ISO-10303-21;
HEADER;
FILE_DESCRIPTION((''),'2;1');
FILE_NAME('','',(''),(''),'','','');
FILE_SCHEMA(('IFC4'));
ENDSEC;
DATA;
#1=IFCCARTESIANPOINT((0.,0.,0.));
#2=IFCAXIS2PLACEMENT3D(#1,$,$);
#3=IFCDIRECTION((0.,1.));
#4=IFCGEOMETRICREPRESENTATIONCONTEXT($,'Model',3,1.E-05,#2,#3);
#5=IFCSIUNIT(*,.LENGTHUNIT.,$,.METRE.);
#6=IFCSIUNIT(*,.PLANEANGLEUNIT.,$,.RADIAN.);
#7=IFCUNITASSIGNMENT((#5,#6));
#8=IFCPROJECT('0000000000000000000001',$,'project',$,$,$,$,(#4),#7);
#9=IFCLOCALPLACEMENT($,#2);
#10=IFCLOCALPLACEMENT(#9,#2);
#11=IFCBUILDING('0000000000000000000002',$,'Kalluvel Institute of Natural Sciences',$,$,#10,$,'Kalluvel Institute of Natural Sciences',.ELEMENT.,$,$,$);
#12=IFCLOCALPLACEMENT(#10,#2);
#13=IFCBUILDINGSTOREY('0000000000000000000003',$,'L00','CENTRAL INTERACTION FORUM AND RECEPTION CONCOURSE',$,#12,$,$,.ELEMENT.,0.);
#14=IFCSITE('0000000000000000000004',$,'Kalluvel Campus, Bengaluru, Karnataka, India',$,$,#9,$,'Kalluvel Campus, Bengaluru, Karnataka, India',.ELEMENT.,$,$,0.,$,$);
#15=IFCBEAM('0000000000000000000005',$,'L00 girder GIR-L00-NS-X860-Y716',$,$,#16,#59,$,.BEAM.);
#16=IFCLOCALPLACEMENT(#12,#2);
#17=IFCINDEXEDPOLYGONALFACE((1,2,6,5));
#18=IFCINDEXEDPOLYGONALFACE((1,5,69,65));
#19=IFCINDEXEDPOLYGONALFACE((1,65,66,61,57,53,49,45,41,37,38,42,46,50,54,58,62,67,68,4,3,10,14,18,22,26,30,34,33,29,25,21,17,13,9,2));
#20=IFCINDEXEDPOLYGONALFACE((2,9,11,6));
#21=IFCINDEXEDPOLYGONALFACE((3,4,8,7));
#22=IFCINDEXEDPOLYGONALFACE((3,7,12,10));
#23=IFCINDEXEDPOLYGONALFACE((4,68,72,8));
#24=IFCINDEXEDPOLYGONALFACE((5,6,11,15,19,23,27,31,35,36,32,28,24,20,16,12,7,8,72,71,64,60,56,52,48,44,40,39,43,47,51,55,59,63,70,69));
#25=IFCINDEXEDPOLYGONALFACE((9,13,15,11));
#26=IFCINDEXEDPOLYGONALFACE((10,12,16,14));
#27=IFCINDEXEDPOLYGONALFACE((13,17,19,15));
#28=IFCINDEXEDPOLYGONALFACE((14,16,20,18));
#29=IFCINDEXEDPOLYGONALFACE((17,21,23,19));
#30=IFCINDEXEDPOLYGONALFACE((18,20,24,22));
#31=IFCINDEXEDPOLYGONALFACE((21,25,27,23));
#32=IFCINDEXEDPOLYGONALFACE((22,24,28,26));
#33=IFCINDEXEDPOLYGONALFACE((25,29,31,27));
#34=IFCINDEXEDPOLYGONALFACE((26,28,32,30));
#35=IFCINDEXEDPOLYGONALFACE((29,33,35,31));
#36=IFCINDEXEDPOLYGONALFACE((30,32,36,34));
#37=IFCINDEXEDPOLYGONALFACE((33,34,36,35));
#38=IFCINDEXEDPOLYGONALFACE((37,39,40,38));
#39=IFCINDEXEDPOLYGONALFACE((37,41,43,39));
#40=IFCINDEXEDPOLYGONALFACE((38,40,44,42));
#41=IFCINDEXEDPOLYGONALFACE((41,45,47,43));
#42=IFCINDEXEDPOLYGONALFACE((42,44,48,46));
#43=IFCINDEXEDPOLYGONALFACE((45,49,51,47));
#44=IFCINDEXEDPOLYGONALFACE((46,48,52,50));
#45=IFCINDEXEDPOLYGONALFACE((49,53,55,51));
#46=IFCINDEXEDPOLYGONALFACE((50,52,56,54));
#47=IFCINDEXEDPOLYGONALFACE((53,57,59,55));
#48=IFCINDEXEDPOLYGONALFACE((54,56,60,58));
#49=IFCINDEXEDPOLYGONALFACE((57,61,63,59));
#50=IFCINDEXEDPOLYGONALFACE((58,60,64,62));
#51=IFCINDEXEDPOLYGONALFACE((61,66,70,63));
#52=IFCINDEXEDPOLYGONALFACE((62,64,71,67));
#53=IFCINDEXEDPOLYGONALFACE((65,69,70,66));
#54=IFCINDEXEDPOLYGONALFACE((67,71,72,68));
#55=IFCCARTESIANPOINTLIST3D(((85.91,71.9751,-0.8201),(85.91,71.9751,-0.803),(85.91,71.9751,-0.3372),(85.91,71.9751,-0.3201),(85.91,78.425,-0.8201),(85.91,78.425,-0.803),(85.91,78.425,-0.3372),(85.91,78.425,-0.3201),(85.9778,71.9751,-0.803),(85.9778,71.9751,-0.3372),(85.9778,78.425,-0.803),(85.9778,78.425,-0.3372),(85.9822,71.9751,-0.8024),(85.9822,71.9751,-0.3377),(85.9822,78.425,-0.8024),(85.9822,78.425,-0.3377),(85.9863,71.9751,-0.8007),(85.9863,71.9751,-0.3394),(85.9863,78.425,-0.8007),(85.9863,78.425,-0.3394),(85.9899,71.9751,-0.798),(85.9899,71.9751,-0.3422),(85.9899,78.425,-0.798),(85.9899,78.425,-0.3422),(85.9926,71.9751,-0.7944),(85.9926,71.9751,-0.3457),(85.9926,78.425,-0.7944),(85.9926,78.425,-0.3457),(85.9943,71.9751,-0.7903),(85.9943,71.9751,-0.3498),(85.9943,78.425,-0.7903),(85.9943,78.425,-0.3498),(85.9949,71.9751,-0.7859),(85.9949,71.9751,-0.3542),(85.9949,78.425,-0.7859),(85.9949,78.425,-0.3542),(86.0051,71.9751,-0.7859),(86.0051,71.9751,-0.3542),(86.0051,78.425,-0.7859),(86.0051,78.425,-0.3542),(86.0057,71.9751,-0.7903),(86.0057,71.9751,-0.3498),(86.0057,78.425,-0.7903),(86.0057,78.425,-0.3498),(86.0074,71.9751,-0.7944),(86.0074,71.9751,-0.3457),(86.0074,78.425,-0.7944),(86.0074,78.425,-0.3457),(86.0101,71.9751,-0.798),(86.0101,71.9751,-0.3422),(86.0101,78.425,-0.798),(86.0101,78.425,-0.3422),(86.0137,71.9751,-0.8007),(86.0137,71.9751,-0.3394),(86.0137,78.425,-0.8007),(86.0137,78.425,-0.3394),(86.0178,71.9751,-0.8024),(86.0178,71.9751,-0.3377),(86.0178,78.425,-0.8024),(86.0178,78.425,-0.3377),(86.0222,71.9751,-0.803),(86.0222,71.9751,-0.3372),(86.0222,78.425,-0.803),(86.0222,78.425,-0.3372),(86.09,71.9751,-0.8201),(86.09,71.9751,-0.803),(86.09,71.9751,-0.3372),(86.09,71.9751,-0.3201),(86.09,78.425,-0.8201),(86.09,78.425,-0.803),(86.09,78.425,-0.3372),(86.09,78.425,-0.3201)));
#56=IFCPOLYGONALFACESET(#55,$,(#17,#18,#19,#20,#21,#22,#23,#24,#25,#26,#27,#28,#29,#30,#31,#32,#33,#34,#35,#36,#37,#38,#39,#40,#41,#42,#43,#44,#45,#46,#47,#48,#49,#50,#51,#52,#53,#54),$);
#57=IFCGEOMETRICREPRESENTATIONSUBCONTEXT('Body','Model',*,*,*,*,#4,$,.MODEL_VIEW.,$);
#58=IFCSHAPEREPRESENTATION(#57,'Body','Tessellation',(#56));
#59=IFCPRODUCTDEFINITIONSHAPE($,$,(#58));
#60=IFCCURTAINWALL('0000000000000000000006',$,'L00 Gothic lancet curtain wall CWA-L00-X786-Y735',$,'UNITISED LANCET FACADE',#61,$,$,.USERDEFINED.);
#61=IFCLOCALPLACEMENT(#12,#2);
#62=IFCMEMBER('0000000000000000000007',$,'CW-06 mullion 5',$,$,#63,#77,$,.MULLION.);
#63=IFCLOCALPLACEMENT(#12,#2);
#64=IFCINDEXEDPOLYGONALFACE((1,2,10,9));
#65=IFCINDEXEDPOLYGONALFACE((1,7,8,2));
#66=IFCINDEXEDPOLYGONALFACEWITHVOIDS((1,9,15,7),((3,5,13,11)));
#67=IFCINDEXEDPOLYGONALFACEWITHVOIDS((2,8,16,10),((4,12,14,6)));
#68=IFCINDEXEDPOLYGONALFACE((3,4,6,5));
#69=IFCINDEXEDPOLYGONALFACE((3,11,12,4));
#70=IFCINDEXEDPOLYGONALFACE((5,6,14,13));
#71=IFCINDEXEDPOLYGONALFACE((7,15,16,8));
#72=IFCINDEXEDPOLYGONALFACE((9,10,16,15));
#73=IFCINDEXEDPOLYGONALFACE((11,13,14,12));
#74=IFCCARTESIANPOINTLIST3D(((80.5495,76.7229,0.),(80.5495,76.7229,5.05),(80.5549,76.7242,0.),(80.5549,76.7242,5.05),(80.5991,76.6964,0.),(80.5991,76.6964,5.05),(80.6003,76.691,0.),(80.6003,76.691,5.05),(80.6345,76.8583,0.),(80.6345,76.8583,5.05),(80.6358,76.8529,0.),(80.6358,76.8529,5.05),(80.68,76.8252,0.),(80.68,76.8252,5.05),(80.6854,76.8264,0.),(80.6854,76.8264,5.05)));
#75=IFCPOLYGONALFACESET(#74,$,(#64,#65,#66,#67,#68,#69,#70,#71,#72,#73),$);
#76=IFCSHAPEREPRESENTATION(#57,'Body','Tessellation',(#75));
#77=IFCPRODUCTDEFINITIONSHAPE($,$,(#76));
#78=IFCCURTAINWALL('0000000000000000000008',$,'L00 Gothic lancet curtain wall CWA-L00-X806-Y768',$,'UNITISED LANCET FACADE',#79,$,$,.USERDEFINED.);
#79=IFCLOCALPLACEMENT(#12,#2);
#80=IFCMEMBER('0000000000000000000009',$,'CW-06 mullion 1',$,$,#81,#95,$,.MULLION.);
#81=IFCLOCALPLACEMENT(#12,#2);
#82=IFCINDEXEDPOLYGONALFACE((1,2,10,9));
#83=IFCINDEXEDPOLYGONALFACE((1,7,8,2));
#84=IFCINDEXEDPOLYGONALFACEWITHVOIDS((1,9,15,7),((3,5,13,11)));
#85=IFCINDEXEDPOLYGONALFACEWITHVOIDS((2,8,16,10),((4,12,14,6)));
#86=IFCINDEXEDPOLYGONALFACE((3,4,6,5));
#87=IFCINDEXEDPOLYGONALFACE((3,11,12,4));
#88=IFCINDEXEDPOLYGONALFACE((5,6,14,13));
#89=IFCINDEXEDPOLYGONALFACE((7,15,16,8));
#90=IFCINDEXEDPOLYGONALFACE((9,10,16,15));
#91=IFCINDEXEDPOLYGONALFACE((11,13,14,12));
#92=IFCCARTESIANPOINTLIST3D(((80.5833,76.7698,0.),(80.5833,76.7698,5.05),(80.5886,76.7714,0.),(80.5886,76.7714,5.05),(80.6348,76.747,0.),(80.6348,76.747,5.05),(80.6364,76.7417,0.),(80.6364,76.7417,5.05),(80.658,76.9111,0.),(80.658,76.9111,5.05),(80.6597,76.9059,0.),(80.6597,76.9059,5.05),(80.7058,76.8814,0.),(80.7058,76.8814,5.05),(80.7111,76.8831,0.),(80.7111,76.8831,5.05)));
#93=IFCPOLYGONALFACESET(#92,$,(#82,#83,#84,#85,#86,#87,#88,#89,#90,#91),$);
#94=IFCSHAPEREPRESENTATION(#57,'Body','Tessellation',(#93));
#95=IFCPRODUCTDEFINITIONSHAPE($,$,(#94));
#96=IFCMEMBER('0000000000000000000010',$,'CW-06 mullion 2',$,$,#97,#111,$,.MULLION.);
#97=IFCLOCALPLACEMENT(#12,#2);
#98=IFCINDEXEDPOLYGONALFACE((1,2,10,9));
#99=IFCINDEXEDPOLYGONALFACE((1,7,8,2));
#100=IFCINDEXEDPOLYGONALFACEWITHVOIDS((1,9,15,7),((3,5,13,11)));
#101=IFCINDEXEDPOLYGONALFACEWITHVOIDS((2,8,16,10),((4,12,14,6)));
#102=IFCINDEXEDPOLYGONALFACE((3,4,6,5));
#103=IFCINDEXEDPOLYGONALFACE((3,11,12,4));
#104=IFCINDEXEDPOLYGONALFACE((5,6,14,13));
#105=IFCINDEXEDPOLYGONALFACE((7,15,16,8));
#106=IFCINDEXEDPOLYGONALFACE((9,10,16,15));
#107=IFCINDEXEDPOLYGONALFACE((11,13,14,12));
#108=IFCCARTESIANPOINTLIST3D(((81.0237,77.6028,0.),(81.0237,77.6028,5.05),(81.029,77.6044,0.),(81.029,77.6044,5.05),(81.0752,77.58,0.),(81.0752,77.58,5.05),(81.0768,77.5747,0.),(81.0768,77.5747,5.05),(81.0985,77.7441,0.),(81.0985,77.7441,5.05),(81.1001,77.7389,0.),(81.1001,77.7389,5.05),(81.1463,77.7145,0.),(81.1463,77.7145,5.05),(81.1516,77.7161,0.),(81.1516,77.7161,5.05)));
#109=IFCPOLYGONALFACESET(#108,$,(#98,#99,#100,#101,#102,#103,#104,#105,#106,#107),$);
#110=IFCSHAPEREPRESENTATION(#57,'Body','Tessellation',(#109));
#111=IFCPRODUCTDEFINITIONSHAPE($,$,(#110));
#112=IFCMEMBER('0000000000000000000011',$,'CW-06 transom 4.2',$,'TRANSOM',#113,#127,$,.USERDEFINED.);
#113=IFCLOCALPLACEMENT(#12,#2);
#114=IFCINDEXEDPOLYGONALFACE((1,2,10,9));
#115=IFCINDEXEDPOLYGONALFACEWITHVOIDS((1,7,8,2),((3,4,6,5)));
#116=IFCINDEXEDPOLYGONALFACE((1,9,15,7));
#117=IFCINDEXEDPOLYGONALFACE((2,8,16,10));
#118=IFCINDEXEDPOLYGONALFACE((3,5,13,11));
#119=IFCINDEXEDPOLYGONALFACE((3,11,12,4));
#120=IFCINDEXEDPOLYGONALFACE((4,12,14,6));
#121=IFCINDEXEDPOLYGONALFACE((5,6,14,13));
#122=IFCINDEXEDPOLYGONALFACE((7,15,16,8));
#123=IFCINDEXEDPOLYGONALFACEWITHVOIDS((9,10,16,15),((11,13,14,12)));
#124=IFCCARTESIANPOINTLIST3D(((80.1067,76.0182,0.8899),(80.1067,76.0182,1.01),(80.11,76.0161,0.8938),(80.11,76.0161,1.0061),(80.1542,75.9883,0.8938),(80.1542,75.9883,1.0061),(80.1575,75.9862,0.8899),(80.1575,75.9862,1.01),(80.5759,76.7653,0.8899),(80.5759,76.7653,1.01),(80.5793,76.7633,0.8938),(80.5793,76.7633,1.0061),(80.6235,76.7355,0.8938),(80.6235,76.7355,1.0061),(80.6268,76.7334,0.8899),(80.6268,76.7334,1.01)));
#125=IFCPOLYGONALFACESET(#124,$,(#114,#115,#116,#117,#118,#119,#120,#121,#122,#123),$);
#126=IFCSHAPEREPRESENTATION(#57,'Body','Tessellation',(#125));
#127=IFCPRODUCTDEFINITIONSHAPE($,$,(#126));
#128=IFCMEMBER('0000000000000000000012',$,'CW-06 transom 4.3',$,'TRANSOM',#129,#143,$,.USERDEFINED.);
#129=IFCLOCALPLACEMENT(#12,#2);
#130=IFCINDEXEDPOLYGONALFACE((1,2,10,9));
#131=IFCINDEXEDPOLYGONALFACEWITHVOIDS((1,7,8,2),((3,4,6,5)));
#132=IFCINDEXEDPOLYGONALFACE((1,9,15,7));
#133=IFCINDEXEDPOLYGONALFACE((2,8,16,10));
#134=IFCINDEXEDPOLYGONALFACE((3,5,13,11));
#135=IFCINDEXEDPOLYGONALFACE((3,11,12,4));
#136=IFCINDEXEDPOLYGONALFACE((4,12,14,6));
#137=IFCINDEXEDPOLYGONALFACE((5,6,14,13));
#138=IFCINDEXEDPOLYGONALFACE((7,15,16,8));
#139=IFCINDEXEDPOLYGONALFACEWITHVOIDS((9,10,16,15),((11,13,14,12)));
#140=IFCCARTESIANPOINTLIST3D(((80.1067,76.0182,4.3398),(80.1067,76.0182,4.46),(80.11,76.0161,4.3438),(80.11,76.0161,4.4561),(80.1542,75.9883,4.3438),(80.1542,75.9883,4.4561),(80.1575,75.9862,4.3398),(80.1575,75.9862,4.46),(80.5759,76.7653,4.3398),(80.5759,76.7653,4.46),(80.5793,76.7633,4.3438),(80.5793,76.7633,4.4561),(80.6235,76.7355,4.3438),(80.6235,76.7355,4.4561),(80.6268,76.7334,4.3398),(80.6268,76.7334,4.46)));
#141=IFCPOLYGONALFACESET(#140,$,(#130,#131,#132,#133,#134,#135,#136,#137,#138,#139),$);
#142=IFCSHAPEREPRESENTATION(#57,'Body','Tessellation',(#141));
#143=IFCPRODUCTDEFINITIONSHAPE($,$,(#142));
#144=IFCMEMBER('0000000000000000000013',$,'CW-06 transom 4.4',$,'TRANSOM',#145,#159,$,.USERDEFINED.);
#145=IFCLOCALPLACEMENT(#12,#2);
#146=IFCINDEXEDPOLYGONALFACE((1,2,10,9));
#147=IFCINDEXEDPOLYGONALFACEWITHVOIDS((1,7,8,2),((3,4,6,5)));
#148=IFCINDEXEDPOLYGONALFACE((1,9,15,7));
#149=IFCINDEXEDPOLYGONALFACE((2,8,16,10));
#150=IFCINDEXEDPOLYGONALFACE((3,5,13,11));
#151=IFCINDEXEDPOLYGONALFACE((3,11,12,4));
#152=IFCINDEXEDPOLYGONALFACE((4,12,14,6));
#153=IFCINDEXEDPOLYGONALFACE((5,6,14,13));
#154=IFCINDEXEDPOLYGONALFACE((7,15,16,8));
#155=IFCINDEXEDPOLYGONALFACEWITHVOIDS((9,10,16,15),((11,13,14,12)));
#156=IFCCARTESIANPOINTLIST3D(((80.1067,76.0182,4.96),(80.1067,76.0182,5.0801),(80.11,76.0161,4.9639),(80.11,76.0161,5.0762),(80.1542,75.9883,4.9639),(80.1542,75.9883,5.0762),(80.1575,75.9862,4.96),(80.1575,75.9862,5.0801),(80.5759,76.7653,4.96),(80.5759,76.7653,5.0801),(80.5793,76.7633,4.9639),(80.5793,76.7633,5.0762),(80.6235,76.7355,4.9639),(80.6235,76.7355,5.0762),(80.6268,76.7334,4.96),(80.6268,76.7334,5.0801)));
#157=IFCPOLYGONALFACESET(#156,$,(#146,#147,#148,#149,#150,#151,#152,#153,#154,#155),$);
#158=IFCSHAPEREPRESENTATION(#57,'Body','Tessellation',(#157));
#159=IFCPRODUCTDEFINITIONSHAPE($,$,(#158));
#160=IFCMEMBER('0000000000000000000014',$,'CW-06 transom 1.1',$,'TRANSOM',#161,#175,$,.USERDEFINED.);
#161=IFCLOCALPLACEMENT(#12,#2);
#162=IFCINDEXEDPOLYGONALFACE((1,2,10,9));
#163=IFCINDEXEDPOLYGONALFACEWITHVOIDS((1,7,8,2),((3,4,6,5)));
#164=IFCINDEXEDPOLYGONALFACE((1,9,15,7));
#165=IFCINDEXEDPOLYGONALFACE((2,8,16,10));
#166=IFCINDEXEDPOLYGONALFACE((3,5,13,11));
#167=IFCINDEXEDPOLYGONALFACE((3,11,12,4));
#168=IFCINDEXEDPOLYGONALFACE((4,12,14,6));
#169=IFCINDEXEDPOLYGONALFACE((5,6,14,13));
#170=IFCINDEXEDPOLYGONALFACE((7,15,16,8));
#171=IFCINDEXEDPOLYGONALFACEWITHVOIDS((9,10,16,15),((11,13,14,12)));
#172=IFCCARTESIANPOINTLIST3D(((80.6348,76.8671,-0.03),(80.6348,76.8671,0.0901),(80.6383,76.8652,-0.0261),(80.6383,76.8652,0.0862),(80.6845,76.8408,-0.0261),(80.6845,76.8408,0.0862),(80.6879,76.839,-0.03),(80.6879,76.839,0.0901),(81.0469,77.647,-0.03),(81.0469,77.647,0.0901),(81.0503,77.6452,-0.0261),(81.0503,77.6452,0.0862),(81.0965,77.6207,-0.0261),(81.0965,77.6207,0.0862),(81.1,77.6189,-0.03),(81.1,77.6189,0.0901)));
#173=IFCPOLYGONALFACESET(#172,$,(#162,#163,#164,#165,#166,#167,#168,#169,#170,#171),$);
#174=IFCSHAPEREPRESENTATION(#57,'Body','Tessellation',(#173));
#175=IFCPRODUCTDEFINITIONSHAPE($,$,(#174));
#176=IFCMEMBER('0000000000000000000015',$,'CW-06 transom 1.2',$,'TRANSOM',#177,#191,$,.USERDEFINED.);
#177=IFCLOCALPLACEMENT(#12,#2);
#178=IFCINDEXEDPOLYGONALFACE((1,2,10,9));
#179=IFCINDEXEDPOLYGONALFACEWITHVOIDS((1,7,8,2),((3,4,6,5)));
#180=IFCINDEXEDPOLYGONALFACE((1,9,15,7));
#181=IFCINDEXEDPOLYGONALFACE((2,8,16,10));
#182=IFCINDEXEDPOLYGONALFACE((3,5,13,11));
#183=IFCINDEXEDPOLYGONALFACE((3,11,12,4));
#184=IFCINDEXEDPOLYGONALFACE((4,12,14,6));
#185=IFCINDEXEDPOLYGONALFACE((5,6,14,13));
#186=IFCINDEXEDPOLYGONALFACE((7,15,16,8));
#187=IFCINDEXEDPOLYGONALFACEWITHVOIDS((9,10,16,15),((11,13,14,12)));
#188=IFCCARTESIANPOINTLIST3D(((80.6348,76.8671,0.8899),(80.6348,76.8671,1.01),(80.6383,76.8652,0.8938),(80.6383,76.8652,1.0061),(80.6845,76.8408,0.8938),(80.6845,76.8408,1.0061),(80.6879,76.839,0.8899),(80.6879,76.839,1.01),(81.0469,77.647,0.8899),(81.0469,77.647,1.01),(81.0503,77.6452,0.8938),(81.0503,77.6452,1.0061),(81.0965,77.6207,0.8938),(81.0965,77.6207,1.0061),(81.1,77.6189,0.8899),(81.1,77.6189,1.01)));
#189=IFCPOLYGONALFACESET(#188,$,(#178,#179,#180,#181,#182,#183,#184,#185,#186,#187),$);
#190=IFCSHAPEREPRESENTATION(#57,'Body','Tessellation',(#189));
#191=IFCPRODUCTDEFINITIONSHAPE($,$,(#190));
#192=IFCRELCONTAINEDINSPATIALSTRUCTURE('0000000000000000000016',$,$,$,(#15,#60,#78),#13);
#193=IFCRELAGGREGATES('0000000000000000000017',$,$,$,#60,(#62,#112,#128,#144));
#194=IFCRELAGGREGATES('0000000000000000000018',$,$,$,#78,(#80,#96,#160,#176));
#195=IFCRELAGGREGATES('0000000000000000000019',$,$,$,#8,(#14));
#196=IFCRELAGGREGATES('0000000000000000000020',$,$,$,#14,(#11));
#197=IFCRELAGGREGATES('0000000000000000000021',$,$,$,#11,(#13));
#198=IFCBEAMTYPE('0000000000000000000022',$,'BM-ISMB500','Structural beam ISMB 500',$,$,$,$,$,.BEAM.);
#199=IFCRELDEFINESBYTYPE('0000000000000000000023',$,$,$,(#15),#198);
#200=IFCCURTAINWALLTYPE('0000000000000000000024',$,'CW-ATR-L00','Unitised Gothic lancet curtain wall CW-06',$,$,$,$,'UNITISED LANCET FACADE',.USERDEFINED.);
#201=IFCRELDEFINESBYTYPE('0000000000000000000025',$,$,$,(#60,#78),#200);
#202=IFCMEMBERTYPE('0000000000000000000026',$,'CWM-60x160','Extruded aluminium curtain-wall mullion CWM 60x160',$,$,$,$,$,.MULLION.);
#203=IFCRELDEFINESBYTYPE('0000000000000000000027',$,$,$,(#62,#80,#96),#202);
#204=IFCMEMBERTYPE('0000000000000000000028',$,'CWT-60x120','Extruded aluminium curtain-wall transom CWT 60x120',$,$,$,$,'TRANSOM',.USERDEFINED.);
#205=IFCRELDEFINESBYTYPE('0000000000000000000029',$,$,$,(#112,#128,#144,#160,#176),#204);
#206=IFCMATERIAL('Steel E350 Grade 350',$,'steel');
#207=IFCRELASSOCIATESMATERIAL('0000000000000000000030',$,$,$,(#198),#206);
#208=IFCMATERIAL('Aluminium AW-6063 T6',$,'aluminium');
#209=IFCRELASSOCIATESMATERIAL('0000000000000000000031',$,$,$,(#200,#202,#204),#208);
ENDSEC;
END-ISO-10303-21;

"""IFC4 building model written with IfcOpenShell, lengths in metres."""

from ifc_helpers import new_model, si_unit, direction, frame, origin, origin_2d, place, context, subcontext, project, spatial, hollow_rectangle, i_section, extrude, material, material_profile, profile_set, type_object, element, aggregate, save


model = new_model("IFC4")

# Units and contexts
model_context = context("Model", 3, precision=1e-05, world=origin(), true_north=direction((0.0, 1.0)))
body_context = subcontext(model_context, "Body", "Model", "MODEL_VIEW")
ifc_project = project(units=[si_unit("LENGTHUNIT", "METRE"), si_unit("PLANEANGLEUNIT", "RADIAN")], contexts=[model_context])

# Site, building, storey
site_placement = place(None, origin())
site = spatial("IfcSite", under=ifc_project, at=site_placement, Name="Kalluvel Campus, Bengaluru, Karnataka, India", LongName="Kalluvel Campus, Bengaluru, Karnataka, India", CompositionType="ELEMENT", RefElevation=0.0)
building_placement = place(site_placement, origin())
building = spatial("IfcBuilding", under=site, at=building_placement, Name="Kalluvel Institute of Natural Sciences", LongName="Kalluvel Institute of Natural Sciences", CompositionType="ELEMENT")
storey_placement = place(building_placement, origin())
storey = spatial("IfcBuildingStorey", under=building, at=storey_placement, Name="L00", Description="CENTRAL INTERACTION FORUM AND RECEPTION CONCOURSE", CompositionType="ELEMENT", Elevation=0.0)

# Beam
ifc_material_1 = material(Name="Steel E350 Grade 350", Category="steel")
ifc_material_profile_1 = material_profile(ifc_material_1, i_section(OverallWidth=0.1799, OverallDepth=0.5, WebThickness=0.0103, FlangeThickness=0.0171, FilletRadius=0.0171, at=origin_2d()), Name="ISMB 500")
ifc_profile_set_1 = profile_set([ifc_material_profile_1], Name="Steel E350 Grade 350")
beam_type = type_object("IfcBeamType", Name="BM-ISMB500", Description="Structural beam ISMB 500", PredefinedType="BEAM", material=ifc_profile_set_1)
beam_placement = place(storey_placement, frame((86.0, 71.9751, -0.5701), z_axis=(0.0, 1.0, 0.0), x_axis=(-1.0, 0.0, 0.0)))
element("IfcBeam", 1, at=beam_placement, inside=storey, type_object=beam_type, Name="L00 girder GIR-L00-NS-X860-Y716", PredefinedType="BEAM", context=body_context, shape_type="SweptSolid", body=[
    extrude(i_section(OverallWidth=0.1799, OverallDepth=0.5, WebThickness=0.0103, FlangeThickness=0.0171, FilletRadius=0.0171, at=origin_2d()), origin(), (0.0, 0.0, 1.0), 6.45),
])

# Curtain wall, member
ifc_material_2 = material(Name="Aluminium AW-6063 T6", Category="aluminium")
curtain_wall_type = type_object("IfcCurtainWallType", Name="CW-ATR-L00", Description="Unitised Gothic lancet curtain wall CW-06", ElementType="UNITISED LANCET FACADE", PredefinedType="USERDEFINED", material=ifc_material_2)
curtain_wall_1_placement = place(storey_placement, origin())
curtain_wall_1 = element("IfcCurtainWall", 2, at=curtain_wall_1_placement, inside=storey, type_object=curtain_wall_type, Name="L00 Gothic lancet curtain wall CWA-L00-X786-Y735", ObjectType="UNITISED LANCET FACADE", PredefinedType="USERDEFINED")
ifc_material_profile_2 = material_profile(ifc_material_2, hollow_rectangle(XDim=0.0601, YDim=0.1599, WallThickness=0.0039, at=origin_2d()), Name="CWM 60x160")
ifc_profile_set_2 = profile_set([ifc_material_profile_2], Name="Aluminium AW-6063 T6")
member_type_1 = type_object("IfcMemberType", Name="CWM-60x160", Description="Extruded aluminium curtain-wall mullion CWM 60x160", PredefinedType="MULLION", material=ifc_profile_set_2)
member_1_placement = place(storey_placement, frame((80.6174, 76.7747, 0.0), z_axis=(0.0, 0.0, 1.0), x_axis=(-0.846722, 0.532036, 0.0)))
member_1 = element("IfcMember", 3, at=member_1_placement, type_object=member_type_1, Name="CW-06 mullion 5", PredefinedType="MULLION", context=body_context, shape_type="SweptSolid", body=[
    extrude(hollow_rectangle(XDim=0.0601, YDim=0.1599, WallThickness=0.0039, at=origin_2d()), origin(), (0.0, 0.0, 1.0), 5.05),
])

# Curtain wall, members
curtain_wall_2_placement = place(storey_placement, origin())
curtain_wall_2 = element("IfcCurtainWall", 4, at=curtain_wall_2_placement, inside=storey, type_object=curtain_wall_type, Name="L00 Gothic lancet curtain wall CWA-L00-X806-Y768", ObjectType="UNITISED LANCET FACADE", PredefinedType="USERDEFINED")
member_2_placement = place(storey_placement, frame((80.6472, 76.8264, 0.0), z_axis=(0.0, 0.0, 1.0), x_axis=(-0.884109, 0.467281, 0.0)))
member_2 = element("IfcMember", 5, at=member_2_placement, type_object=member_type_1, Name="CW-06 mullion 1", PredefinedType="MULLION", context=body_context, shape_type="SweptSolid", body=[
    extrude(hollow_rectangle(XDim=0.0601, YDim=0.1599, WallThickness=0.0039, at=origin_2d()), origin(), (0.0, 0.0, 1.0), 5.05),
])
member_3_placement = place(storey_placement, frame((81.0876, 77.6594, 0.0), z_axis=(0.0, 0.0, 1.0), x_axis=(-0.884109, 0.467281, 0.0)))
member_3 = element("IfcMember", 6, at=member_3_placement, type_object=member_type_1, Name="CW-06 mullion 2", PredefinedType="MULLION", context=body_context, shape_type="SweptSolid", body=[
    extrude(hollow_rectangle(XDim=0.0601, YDim=0.1599, WallThickness=0.0039, at=origin_2d()), origin(), (0.0, 0.0, 1.0), 5.05),
])

# Members
ifc_material_profile_3 = material_profile(ifc_material_2, hollow_rectangle(XDim=0.0601, YDim=0.1201, WallThickness=0.0039, at=origin_2d()), Name="CWT 60x120")
ifc_profile_set_3 = profile_set([ifc_material_profile_3], Name="Aluminium AW-6063 T6")
member_type_2 = type_object("IfcMemberType", Name="CWT-60x120", Description="Extruded aluminium curtain-wall transom CWT 60x120", ElementType="TRANSOM", PredefinedType="USERDEFINED", material=ifc_profile_set_3)
member_4_placement = place(storey_placement, frame((80.1321, 76.0022, 0.95), z_axis=(0.531888, 0.846815, 0.0), x_axis=(-0.846815, 0.531888, 0.0)))
member_4 = element("IfcMember", 7, at=member_4_placement, type_object=member_type_2, Name="CW-06 transom 4.2", ObjectType="TRANSOM", PredefinedType="USERDEFINED", context=body_context, shape_type="SweptSolid", body=[
    extrude(hollow_rectangle(XDim=0.0601, YDim=0.1201, WallThickness=0.0039, at=origin_2d()), origin(), (0.0, 0.0, 1.0), 0.8823),
])
member_5_placement = place(storey_placement, frame((80.1321, 76.0022, 4.3999), z_axis=(0.531888, 0.846815, 0.0), x_axis=(-0.846815, 0.531888, 0.0)))
member_5 = element("IfcMember", 8, at=member_5_placement, type_object=member_type_2, Name="CW-06 transom 4.3", ObjectType="TRANSOM", PredefinedType="USERDEFINED", context=body_context, shape_type="SweptSolid", body=[
    extrude(hollow_rectangle(XDim=0.0601, YDim=0.1201, WallThickness=0.0039, at=origin_2d()), origin(), (0.0, 0.0, 1.0), 0.8823),
])
member_6_placement = place(storey_placement, frame((80.1321, 76.0022, 5.02), z_axis=(0.531888, 0.846815, 0.0), x_axis=(-0.846815, 0.531888, 0.0)))
member_6 = element("IfcMember", 9, at=member_6_placement, type_object=member_type_2, Name="CW-06 transom 4.4", ObjectType="TRANSOM", PredefinedType="USERDEFINED", context=body_context, shape_type="SweptSolid", body=[
    extrude(hollow_rectangle(XDim=0.0601, YDim=0.1201, WallThickness=0.0039, at=origin_2d()), origin(), (0.0, 0.0, 1.0), 0.8823),
])
member_7_placement = place(storey_placement, frame((80.6614, 76.853, 0.03), z_axis=(0.467137, 0.884185, 0.0), x_axis=(-0.884185, 0.467137, 0.0)))
member_7 = element("IfcMember", 10, at=member_7_placement, type_object=member_type_2, Name="CW-06 transom 1.1", ObjectType="TRANSOM", PredefinedType="USERDEFINED", context=body_context, shape_type="SweptSolid", body=[
    extrude(hollow_rectangle(XDim=0.0601, YDim=0.1201, WallThickness=0.0039, at=origin_2d()), origin(), (0.0, 0.0, 1.0), 0.8821),
])
member_8_placement = place(storey_placement, frame((80.6614, 76.853, 0.95), z_axis=(0.467137, 0.884185, 0.0), x_axis=(-0.884185, 0.467137, 0.0)))
member_8 = element("IfcMember", 11, at=member_8_placement, type_object=member_type_2, Name="CW-06 transom 1.2", ObjectType="TRANSOM", PredefinedType="USERDEFINED", context=body_context, shape_type="SweptSolid", body=[
    extrude(hollow_rectangle(XDim=0.0601, YDim=0.1201, WallThickness=0.0039, at=origin_2d()), origin(), (0.0, 0.0, 1.0), 0.8821),
])

aggregate(curtain_wall_1, [member_1, member_4, member_5, member_6])
aggregate(curtain_wall_2, [member_2, member_3, member_7, member_8])

save(model, "model.ifc")
